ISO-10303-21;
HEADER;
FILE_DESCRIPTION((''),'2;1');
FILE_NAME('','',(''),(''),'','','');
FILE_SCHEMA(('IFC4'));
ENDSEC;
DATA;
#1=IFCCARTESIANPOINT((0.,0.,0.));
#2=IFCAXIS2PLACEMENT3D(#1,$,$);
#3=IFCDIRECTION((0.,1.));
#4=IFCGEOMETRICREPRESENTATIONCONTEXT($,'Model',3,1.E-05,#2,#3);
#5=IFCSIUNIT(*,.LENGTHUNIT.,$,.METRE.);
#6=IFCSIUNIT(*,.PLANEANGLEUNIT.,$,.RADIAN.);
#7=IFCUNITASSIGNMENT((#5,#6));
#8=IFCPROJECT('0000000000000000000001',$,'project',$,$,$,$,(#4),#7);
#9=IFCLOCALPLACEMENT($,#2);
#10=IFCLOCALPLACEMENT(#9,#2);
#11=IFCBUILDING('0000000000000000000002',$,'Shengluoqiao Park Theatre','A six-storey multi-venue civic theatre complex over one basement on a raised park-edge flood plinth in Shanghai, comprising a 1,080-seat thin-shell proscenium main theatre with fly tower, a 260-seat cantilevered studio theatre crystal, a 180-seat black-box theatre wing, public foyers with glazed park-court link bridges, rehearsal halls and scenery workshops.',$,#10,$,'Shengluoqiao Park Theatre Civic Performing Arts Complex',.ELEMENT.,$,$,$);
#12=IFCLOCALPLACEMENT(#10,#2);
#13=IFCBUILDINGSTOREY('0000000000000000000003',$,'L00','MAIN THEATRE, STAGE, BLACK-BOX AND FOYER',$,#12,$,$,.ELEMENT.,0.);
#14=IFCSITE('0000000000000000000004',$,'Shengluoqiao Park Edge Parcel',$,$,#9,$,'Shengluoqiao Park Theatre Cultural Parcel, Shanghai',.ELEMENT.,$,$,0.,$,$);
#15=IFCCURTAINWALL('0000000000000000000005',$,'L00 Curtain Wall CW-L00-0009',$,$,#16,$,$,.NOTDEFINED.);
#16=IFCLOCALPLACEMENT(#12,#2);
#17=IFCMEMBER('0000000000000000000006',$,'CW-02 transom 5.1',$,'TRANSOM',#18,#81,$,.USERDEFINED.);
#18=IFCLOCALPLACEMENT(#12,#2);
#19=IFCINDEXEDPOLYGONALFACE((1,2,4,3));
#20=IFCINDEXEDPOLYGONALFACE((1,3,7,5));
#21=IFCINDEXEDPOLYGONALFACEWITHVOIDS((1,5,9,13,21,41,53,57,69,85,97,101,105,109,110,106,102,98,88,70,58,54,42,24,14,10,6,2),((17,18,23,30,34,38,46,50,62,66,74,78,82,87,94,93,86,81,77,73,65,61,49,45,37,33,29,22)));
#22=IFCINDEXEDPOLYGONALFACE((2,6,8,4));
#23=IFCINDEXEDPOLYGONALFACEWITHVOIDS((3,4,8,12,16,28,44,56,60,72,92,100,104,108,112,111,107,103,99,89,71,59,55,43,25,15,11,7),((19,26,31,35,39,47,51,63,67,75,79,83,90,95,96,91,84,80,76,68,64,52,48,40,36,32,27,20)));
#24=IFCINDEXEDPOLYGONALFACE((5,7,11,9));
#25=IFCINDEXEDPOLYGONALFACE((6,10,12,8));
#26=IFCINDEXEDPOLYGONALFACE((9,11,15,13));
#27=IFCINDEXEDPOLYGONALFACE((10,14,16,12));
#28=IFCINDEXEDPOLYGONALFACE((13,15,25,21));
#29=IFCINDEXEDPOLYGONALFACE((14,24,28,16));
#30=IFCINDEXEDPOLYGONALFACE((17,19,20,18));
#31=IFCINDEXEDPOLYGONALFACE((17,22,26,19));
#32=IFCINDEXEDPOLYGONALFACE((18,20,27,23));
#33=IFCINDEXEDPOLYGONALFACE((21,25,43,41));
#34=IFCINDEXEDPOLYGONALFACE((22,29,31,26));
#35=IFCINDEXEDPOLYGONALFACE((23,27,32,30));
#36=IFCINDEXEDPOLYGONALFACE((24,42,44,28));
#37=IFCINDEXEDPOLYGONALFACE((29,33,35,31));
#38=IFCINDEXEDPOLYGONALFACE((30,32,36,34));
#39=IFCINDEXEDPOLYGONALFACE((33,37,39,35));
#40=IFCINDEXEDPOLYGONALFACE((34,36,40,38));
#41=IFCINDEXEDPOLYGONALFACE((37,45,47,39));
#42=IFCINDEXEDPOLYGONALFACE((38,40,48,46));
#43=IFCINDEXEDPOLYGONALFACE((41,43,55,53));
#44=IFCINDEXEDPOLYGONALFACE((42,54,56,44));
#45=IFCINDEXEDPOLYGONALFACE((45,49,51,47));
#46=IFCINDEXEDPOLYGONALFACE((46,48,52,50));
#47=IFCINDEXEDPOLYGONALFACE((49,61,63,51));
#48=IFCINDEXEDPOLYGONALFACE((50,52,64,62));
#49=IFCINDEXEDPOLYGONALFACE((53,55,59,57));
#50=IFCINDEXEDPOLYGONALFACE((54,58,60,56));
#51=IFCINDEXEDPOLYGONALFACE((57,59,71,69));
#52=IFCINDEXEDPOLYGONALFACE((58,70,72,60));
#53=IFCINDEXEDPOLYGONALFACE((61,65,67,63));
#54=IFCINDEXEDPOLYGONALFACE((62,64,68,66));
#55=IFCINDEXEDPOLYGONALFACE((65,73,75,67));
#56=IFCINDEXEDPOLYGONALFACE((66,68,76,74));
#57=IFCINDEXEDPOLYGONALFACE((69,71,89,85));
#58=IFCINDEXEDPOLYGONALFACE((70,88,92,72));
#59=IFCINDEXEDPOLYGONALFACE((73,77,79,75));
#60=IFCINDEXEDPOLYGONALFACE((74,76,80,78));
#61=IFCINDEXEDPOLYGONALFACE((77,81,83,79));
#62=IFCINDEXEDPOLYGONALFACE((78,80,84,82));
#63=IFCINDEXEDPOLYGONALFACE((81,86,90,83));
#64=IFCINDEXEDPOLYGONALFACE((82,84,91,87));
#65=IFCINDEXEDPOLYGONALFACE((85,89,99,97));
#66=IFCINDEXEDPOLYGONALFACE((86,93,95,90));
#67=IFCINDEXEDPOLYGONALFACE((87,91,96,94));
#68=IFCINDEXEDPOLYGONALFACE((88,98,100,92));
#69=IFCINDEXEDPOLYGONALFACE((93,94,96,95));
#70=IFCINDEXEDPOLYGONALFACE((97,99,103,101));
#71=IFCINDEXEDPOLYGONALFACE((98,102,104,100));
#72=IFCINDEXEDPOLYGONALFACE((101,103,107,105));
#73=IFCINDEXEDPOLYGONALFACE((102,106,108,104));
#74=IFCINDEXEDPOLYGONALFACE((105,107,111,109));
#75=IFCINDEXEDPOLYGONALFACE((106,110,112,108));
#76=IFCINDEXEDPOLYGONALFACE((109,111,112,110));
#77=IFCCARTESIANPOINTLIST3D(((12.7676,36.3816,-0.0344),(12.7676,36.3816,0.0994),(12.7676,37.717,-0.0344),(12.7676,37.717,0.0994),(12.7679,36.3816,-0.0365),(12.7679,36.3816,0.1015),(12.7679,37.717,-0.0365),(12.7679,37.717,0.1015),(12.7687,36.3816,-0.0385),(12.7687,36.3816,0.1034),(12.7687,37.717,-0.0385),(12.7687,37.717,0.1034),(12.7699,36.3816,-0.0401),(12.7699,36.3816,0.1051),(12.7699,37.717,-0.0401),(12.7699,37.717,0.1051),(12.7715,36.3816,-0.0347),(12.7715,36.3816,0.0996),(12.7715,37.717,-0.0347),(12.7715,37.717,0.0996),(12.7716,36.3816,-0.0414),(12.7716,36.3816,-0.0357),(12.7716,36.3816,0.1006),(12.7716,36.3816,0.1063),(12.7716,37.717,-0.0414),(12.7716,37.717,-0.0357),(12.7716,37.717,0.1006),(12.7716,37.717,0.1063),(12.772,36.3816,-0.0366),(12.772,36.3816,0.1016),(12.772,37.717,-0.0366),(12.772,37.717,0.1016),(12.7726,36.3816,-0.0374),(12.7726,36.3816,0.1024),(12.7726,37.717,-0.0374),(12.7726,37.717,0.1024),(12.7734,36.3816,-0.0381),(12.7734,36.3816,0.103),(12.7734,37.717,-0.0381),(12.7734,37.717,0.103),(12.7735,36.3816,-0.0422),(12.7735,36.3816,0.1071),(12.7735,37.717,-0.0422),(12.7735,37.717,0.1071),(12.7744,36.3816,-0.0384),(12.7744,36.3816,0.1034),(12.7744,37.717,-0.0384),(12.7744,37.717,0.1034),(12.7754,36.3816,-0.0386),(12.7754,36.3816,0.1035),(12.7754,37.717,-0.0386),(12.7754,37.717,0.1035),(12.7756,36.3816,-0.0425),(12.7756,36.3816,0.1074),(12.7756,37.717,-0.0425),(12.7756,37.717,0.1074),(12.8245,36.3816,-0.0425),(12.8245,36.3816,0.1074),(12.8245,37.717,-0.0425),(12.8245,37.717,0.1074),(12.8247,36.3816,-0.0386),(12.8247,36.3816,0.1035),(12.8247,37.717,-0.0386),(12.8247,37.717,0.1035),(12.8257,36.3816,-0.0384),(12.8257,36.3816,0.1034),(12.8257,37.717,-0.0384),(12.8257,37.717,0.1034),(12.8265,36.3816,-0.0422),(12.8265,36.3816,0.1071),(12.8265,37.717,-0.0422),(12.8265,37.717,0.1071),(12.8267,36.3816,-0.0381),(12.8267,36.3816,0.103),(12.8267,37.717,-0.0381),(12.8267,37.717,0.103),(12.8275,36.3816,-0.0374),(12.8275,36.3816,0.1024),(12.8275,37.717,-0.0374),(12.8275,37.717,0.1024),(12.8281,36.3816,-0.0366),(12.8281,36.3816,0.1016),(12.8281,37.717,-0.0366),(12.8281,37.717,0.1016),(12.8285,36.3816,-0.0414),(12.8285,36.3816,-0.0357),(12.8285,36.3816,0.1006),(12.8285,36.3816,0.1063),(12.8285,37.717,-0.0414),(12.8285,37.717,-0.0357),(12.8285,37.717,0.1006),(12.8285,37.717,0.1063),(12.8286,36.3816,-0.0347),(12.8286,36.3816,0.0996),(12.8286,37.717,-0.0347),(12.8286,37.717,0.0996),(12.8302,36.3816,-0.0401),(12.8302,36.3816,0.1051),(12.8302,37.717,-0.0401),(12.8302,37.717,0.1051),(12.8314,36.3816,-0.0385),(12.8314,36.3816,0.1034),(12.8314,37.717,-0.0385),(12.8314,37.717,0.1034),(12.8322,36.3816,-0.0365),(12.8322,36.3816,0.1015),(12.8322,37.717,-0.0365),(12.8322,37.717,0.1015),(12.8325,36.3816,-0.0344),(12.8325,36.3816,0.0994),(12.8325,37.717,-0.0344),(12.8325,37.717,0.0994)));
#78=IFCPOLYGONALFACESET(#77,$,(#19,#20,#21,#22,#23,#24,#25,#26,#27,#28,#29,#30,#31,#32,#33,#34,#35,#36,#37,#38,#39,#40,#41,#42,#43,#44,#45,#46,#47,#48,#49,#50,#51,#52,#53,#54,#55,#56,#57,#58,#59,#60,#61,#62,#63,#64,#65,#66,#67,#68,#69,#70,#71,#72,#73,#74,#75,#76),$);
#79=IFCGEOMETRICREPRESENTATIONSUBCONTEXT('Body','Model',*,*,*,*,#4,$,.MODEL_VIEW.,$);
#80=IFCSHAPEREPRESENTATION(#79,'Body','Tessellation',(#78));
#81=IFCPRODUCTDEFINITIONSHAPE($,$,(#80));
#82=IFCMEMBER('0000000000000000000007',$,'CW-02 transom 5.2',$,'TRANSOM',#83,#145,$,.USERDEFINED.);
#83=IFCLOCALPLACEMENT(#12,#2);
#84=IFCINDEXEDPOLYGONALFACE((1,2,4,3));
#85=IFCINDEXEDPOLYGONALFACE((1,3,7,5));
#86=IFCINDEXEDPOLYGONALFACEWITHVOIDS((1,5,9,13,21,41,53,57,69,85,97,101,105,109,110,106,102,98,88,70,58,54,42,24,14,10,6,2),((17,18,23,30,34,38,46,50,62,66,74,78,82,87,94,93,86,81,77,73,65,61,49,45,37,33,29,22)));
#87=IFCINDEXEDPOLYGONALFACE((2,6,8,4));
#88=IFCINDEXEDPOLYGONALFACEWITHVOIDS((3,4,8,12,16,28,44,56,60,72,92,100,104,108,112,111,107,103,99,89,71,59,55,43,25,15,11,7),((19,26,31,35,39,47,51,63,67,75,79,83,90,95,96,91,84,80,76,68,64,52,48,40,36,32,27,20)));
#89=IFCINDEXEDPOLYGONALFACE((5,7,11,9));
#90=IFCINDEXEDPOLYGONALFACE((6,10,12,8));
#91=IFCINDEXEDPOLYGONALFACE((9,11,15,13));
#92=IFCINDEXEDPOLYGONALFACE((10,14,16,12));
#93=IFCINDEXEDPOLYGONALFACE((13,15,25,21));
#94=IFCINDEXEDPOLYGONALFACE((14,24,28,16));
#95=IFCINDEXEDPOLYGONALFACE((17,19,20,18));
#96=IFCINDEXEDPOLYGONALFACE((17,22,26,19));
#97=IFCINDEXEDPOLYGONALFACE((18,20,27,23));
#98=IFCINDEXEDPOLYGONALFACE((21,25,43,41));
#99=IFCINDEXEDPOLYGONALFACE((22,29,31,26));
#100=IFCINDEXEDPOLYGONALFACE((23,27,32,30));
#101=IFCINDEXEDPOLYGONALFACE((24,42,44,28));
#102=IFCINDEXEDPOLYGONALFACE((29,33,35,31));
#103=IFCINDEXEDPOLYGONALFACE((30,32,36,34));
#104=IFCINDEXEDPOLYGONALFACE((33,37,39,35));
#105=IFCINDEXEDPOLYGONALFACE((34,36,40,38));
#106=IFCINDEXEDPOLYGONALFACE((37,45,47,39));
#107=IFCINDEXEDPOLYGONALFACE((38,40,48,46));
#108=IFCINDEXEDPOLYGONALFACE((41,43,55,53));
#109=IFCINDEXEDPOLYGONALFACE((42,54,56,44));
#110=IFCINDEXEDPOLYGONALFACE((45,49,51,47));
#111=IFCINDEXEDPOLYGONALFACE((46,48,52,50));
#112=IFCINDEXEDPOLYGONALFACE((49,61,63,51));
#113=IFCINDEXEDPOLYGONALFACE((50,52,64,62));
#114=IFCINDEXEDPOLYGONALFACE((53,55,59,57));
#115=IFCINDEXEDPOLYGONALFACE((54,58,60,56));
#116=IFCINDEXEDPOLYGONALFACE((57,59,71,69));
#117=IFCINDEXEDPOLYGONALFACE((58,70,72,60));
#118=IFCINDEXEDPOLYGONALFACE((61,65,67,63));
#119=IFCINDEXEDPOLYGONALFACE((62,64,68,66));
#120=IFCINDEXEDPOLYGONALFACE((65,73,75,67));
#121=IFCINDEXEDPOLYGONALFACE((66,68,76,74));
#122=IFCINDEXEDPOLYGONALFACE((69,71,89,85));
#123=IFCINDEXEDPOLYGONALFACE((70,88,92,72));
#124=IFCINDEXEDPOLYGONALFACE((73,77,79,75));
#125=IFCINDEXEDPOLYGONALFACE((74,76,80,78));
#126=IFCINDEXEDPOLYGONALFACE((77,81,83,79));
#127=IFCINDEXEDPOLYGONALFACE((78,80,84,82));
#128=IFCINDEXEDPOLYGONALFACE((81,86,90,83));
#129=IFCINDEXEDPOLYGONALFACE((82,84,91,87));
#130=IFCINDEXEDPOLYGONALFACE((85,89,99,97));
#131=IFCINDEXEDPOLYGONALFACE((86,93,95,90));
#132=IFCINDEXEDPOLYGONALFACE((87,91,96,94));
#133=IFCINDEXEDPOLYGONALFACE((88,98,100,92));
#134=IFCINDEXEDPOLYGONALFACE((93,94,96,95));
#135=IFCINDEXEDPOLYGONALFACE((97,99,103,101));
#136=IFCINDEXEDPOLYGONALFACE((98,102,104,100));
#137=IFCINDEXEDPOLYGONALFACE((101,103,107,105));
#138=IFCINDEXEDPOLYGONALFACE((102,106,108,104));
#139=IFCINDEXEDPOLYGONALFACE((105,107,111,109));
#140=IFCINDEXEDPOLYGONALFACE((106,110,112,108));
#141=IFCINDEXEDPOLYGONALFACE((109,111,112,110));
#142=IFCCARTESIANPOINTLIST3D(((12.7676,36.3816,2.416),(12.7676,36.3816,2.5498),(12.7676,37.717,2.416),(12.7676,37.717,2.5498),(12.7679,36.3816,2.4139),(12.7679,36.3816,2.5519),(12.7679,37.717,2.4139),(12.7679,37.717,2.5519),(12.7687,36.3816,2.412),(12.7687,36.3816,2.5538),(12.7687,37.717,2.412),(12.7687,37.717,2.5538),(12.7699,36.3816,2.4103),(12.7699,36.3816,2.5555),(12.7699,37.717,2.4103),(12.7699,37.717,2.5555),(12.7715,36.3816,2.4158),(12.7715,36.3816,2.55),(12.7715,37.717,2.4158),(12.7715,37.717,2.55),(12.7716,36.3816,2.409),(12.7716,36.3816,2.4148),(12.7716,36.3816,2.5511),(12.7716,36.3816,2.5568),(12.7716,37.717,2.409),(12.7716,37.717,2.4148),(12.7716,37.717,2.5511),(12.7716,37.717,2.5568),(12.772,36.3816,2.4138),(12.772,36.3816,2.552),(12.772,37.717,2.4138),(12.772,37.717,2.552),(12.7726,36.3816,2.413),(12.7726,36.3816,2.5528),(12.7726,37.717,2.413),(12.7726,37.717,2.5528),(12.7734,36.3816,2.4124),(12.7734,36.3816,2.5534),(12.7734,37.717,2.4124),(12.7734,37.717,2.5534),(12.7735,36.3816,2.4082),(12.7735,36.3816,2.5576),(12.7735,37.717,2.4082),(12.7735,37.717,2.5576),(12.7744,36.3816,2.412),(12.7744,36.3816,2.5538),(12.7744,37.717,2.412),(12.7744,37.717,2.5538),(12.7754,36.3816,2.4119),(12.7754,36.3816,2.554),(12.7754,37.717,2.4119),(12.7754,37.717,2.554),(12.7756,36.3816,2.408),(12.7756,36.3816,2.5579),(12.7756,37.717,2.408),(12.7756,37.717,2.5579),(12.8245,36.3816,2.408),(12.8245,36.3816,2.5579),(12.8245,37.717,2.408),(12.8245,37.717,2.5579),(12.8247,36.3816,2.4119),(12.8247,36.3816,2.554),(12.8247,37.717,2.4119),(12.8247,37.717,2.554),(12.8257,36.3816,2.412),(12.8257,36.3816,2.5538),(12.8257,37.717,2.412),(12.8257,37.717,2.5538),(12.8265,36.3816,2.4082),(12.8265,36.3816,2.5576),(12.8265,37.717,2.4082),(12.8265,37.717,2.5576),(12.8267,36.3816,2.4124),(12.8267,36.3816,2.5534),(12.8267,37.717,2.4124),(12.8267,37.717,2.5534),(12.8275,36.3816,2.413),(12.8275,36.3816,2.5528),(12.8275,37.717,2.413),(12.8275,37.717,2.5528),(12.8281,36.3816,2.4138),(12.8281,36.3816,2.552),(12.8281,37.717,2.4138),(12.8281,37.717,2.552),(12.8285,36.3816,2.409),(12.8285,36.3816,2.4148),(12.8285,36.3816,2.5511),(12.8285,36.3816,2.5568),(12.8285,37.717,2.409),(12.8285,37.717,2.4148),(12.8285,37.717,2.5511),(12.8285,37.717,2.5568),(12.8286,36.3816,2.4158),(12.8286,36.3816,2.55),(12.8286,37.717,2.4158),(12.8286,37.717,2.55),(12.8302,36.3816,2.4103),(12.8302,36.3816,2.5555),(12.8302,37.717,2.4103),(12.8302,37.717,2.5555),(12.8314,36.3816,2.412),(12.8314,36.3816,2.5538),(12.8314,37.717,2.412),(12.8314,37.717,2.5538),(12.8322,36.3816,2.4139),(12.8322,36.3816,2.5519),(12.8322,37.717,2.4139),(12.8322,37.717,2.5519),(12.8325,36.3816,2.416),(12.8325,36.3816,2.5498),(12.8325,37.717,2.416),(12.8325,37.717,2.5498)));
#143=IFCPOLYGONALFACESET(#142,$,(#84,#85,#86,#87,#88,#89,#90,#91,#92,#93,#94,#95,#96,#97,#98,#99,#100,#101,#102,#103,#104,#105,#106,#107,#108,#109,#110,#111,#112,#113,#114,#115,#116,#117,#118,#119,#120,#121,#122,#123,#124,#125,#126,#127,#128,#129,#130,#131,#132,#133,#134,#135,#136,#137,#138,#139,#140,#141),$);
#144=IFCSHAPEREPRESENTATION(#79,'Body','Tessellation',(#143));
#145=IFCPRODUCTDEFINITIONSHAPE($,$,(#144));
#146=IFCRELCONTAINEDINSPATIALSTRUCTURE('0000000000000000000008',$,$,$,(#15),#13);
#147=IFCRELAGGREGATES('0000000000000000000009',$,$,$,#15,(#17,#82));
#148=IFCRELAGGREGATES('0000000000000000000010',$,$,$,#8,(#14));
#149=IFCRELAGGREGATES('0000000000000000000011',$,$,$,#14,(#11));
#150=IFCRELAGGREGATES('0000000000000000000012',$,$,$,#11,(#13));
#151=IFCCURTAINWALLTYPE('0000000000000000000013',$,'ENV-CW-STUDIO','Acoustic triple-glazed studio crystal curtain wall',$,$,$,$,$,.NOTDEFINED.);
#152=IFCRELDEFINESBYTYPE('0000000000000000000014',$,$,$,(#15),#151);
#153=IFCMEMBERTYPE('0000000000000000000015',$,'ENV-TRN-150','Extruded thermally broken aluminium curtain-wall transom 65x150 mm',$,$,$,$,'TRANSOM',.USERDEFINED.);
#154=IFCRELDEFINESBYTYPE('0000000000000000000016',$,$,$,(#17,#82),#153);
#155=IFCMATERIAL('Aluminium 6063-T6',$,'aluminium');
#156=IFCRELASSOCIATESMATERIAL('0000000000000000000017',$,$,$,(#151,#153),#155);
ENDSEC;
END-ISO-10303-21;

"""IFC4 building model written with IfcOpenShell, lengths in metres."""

from ifc_helpers import new_model, si_unit, direction, frame, origin, origin_2d, place, context, subcontext, project, spatial, hollow_rectangle, extrude, material, material_profile, profile_set, type_object, element, aggregate, save


model = new_model("IFC4")

# Units and contexts
model_context = context("Model", 3, precision=1e-05, world=origin(), true_north=direction((0.0, 1.0)))
body_context = subcontext(model_context, "Body", "Model", "MODEL_VIEW")
ifc_project = project(units=[si_unit("LENGTHUNIT", "METRE"), si_unit("PLANEANGLEUNIT", "RADIAN")], contexts=[model_context])

# Site, building, storey
site_placement = place(None, origin())
site = spatial("IfcSite", under=ifc_project, at=site_placement, Name="Shengluoqiao Park Edge Parcel", LongName="Shengluoqiao Park Theatre Cultural Parcel, Shanghai", CompositionType="ELEMENT", RefElevation=0.0)
building_placement = place(site_placement, origin())
building = spatial("IfcBuilding", under=site, at=building_placement, Name="Shengluoqiao Park Theatre", Description="A six-storey multi-venue civic theatre complex over one basement on a raised park-edge flood plinth in Shanghai, comprising a 1,080-seat thin-shell proscenium main theatre with fly tower, a 260-seat cantilevered studio theatre crystal, a 180-seat black-box theatre wing, public foyers with glazed park-court link bridges, rehearsal halls and scenery workshops.", LongName="Shengluoqiao Park Theatre Civic Performing Arts Complex", CompositionType="ELEMENT")
storey_placement = place(building_placement, origin())
storey = spatial("IfcBuildingStorey", under=building, at=storey_placement, Name="L00", Description="MAIN THEATRE, STAGE, BLACK-BOX AND FOYER", CompositionType="ELEMENT", Elevation=0.0)

# Curtain wall, members
ifc_material_1 = material(Name="Aluminium 6063-T6", Category="aluminium")
curtain_wall_type = type_object("IfcCurtainWallType", Name="ENV-CW-STUDIO", Description="Acoustic triple-glazed studio crystal curtain wall", PredefinedType="NOTDEFINED", material=ifc_material_1)
curtain_wall_placement = place(storey_placement, origin())
curtain_wall = element("IfcCurtainWall", 1, at=curtain_wall_placement, inside=storey, type_object=curtain_wall_type, Name="L00 Curtain Wall CW-L00-0009", PredefinedType="NOTDEFINED")
ifc_material_profile_1 = material_profile(ifc_material_1, hollow_rectangle(XDim=0.0649, YDim=0.1499, WallThickness=0.0039, InnerFilletRadius=0.0039, OuterFilletRadius=0.0081, at=origin_2d()), Name="ALU TRANSOM 150x65x4")
ifc_profile_set_1 = profile_set([ifc_material_profile_1], Name="Aluminium 6063-T6")
member_type_1 = type_object("IfcMemberType", Name="ENV-TRN-150", Description="Extruded thermally broken aluminium curtain-wall transom 65x150 mm", ElementType="TRANSOM", PredefinedType="USERDEFINED", material=ifc_profile_set_1)
member_1_placement = place(storey_placement, frame((12.8, 36.3816, 0.0325), z_axis=(0.0, 1.0, 0.0), x_axis=(-1.0, 0.0, 0.0)))
member_1 = element("IfcMember", 2, at=member_1_placement, type_object=member_type_1, Name="CW-02 transom 5.1", ObjectType="TRANSOM", PredefinedType="USERDEFINED", context=body_context, shape_type="SweptSolid", body=[
    extrude(hollow_rectangle(XDim=0.0649, YDim=0.1499, WallThickness=0.0039, InnerFilletRadius=0.0039, OuterFilletRadius=0.0081, at=origin_2d()), origin(), (0.0, 0.0, 1.0), 1.3354),
])
member_2_placement = place(storey_placement, frame((12.8, 36.3816, 2.4829), z_axis=(0.0, 1.0, 0.0), x_axis=(-1.0, 0.0, 0.0)))
member_2 = element("IfcMember", 3, at=member_2_placement, type_object=member_type_1, Name="CW-02 transom 5.2", ObjectType="TRANSOM", PredefinedType="USERDEFINED", context=body_context, shape_type="SweptSolid", body=[
    extrude(hollow_rectangle(XDim=0.0649, YDim=0.1499, WallThickness=0.0039, InnerFilletRadius=0.0039, OuterFilletRadius=0.0081, at=origin_2d()), origin(), (0.0, 0.0, 1.0), 1.3354),
])
aggregate(curtain_wall, [member_1, member_2])

save(model, "model.ifc")
